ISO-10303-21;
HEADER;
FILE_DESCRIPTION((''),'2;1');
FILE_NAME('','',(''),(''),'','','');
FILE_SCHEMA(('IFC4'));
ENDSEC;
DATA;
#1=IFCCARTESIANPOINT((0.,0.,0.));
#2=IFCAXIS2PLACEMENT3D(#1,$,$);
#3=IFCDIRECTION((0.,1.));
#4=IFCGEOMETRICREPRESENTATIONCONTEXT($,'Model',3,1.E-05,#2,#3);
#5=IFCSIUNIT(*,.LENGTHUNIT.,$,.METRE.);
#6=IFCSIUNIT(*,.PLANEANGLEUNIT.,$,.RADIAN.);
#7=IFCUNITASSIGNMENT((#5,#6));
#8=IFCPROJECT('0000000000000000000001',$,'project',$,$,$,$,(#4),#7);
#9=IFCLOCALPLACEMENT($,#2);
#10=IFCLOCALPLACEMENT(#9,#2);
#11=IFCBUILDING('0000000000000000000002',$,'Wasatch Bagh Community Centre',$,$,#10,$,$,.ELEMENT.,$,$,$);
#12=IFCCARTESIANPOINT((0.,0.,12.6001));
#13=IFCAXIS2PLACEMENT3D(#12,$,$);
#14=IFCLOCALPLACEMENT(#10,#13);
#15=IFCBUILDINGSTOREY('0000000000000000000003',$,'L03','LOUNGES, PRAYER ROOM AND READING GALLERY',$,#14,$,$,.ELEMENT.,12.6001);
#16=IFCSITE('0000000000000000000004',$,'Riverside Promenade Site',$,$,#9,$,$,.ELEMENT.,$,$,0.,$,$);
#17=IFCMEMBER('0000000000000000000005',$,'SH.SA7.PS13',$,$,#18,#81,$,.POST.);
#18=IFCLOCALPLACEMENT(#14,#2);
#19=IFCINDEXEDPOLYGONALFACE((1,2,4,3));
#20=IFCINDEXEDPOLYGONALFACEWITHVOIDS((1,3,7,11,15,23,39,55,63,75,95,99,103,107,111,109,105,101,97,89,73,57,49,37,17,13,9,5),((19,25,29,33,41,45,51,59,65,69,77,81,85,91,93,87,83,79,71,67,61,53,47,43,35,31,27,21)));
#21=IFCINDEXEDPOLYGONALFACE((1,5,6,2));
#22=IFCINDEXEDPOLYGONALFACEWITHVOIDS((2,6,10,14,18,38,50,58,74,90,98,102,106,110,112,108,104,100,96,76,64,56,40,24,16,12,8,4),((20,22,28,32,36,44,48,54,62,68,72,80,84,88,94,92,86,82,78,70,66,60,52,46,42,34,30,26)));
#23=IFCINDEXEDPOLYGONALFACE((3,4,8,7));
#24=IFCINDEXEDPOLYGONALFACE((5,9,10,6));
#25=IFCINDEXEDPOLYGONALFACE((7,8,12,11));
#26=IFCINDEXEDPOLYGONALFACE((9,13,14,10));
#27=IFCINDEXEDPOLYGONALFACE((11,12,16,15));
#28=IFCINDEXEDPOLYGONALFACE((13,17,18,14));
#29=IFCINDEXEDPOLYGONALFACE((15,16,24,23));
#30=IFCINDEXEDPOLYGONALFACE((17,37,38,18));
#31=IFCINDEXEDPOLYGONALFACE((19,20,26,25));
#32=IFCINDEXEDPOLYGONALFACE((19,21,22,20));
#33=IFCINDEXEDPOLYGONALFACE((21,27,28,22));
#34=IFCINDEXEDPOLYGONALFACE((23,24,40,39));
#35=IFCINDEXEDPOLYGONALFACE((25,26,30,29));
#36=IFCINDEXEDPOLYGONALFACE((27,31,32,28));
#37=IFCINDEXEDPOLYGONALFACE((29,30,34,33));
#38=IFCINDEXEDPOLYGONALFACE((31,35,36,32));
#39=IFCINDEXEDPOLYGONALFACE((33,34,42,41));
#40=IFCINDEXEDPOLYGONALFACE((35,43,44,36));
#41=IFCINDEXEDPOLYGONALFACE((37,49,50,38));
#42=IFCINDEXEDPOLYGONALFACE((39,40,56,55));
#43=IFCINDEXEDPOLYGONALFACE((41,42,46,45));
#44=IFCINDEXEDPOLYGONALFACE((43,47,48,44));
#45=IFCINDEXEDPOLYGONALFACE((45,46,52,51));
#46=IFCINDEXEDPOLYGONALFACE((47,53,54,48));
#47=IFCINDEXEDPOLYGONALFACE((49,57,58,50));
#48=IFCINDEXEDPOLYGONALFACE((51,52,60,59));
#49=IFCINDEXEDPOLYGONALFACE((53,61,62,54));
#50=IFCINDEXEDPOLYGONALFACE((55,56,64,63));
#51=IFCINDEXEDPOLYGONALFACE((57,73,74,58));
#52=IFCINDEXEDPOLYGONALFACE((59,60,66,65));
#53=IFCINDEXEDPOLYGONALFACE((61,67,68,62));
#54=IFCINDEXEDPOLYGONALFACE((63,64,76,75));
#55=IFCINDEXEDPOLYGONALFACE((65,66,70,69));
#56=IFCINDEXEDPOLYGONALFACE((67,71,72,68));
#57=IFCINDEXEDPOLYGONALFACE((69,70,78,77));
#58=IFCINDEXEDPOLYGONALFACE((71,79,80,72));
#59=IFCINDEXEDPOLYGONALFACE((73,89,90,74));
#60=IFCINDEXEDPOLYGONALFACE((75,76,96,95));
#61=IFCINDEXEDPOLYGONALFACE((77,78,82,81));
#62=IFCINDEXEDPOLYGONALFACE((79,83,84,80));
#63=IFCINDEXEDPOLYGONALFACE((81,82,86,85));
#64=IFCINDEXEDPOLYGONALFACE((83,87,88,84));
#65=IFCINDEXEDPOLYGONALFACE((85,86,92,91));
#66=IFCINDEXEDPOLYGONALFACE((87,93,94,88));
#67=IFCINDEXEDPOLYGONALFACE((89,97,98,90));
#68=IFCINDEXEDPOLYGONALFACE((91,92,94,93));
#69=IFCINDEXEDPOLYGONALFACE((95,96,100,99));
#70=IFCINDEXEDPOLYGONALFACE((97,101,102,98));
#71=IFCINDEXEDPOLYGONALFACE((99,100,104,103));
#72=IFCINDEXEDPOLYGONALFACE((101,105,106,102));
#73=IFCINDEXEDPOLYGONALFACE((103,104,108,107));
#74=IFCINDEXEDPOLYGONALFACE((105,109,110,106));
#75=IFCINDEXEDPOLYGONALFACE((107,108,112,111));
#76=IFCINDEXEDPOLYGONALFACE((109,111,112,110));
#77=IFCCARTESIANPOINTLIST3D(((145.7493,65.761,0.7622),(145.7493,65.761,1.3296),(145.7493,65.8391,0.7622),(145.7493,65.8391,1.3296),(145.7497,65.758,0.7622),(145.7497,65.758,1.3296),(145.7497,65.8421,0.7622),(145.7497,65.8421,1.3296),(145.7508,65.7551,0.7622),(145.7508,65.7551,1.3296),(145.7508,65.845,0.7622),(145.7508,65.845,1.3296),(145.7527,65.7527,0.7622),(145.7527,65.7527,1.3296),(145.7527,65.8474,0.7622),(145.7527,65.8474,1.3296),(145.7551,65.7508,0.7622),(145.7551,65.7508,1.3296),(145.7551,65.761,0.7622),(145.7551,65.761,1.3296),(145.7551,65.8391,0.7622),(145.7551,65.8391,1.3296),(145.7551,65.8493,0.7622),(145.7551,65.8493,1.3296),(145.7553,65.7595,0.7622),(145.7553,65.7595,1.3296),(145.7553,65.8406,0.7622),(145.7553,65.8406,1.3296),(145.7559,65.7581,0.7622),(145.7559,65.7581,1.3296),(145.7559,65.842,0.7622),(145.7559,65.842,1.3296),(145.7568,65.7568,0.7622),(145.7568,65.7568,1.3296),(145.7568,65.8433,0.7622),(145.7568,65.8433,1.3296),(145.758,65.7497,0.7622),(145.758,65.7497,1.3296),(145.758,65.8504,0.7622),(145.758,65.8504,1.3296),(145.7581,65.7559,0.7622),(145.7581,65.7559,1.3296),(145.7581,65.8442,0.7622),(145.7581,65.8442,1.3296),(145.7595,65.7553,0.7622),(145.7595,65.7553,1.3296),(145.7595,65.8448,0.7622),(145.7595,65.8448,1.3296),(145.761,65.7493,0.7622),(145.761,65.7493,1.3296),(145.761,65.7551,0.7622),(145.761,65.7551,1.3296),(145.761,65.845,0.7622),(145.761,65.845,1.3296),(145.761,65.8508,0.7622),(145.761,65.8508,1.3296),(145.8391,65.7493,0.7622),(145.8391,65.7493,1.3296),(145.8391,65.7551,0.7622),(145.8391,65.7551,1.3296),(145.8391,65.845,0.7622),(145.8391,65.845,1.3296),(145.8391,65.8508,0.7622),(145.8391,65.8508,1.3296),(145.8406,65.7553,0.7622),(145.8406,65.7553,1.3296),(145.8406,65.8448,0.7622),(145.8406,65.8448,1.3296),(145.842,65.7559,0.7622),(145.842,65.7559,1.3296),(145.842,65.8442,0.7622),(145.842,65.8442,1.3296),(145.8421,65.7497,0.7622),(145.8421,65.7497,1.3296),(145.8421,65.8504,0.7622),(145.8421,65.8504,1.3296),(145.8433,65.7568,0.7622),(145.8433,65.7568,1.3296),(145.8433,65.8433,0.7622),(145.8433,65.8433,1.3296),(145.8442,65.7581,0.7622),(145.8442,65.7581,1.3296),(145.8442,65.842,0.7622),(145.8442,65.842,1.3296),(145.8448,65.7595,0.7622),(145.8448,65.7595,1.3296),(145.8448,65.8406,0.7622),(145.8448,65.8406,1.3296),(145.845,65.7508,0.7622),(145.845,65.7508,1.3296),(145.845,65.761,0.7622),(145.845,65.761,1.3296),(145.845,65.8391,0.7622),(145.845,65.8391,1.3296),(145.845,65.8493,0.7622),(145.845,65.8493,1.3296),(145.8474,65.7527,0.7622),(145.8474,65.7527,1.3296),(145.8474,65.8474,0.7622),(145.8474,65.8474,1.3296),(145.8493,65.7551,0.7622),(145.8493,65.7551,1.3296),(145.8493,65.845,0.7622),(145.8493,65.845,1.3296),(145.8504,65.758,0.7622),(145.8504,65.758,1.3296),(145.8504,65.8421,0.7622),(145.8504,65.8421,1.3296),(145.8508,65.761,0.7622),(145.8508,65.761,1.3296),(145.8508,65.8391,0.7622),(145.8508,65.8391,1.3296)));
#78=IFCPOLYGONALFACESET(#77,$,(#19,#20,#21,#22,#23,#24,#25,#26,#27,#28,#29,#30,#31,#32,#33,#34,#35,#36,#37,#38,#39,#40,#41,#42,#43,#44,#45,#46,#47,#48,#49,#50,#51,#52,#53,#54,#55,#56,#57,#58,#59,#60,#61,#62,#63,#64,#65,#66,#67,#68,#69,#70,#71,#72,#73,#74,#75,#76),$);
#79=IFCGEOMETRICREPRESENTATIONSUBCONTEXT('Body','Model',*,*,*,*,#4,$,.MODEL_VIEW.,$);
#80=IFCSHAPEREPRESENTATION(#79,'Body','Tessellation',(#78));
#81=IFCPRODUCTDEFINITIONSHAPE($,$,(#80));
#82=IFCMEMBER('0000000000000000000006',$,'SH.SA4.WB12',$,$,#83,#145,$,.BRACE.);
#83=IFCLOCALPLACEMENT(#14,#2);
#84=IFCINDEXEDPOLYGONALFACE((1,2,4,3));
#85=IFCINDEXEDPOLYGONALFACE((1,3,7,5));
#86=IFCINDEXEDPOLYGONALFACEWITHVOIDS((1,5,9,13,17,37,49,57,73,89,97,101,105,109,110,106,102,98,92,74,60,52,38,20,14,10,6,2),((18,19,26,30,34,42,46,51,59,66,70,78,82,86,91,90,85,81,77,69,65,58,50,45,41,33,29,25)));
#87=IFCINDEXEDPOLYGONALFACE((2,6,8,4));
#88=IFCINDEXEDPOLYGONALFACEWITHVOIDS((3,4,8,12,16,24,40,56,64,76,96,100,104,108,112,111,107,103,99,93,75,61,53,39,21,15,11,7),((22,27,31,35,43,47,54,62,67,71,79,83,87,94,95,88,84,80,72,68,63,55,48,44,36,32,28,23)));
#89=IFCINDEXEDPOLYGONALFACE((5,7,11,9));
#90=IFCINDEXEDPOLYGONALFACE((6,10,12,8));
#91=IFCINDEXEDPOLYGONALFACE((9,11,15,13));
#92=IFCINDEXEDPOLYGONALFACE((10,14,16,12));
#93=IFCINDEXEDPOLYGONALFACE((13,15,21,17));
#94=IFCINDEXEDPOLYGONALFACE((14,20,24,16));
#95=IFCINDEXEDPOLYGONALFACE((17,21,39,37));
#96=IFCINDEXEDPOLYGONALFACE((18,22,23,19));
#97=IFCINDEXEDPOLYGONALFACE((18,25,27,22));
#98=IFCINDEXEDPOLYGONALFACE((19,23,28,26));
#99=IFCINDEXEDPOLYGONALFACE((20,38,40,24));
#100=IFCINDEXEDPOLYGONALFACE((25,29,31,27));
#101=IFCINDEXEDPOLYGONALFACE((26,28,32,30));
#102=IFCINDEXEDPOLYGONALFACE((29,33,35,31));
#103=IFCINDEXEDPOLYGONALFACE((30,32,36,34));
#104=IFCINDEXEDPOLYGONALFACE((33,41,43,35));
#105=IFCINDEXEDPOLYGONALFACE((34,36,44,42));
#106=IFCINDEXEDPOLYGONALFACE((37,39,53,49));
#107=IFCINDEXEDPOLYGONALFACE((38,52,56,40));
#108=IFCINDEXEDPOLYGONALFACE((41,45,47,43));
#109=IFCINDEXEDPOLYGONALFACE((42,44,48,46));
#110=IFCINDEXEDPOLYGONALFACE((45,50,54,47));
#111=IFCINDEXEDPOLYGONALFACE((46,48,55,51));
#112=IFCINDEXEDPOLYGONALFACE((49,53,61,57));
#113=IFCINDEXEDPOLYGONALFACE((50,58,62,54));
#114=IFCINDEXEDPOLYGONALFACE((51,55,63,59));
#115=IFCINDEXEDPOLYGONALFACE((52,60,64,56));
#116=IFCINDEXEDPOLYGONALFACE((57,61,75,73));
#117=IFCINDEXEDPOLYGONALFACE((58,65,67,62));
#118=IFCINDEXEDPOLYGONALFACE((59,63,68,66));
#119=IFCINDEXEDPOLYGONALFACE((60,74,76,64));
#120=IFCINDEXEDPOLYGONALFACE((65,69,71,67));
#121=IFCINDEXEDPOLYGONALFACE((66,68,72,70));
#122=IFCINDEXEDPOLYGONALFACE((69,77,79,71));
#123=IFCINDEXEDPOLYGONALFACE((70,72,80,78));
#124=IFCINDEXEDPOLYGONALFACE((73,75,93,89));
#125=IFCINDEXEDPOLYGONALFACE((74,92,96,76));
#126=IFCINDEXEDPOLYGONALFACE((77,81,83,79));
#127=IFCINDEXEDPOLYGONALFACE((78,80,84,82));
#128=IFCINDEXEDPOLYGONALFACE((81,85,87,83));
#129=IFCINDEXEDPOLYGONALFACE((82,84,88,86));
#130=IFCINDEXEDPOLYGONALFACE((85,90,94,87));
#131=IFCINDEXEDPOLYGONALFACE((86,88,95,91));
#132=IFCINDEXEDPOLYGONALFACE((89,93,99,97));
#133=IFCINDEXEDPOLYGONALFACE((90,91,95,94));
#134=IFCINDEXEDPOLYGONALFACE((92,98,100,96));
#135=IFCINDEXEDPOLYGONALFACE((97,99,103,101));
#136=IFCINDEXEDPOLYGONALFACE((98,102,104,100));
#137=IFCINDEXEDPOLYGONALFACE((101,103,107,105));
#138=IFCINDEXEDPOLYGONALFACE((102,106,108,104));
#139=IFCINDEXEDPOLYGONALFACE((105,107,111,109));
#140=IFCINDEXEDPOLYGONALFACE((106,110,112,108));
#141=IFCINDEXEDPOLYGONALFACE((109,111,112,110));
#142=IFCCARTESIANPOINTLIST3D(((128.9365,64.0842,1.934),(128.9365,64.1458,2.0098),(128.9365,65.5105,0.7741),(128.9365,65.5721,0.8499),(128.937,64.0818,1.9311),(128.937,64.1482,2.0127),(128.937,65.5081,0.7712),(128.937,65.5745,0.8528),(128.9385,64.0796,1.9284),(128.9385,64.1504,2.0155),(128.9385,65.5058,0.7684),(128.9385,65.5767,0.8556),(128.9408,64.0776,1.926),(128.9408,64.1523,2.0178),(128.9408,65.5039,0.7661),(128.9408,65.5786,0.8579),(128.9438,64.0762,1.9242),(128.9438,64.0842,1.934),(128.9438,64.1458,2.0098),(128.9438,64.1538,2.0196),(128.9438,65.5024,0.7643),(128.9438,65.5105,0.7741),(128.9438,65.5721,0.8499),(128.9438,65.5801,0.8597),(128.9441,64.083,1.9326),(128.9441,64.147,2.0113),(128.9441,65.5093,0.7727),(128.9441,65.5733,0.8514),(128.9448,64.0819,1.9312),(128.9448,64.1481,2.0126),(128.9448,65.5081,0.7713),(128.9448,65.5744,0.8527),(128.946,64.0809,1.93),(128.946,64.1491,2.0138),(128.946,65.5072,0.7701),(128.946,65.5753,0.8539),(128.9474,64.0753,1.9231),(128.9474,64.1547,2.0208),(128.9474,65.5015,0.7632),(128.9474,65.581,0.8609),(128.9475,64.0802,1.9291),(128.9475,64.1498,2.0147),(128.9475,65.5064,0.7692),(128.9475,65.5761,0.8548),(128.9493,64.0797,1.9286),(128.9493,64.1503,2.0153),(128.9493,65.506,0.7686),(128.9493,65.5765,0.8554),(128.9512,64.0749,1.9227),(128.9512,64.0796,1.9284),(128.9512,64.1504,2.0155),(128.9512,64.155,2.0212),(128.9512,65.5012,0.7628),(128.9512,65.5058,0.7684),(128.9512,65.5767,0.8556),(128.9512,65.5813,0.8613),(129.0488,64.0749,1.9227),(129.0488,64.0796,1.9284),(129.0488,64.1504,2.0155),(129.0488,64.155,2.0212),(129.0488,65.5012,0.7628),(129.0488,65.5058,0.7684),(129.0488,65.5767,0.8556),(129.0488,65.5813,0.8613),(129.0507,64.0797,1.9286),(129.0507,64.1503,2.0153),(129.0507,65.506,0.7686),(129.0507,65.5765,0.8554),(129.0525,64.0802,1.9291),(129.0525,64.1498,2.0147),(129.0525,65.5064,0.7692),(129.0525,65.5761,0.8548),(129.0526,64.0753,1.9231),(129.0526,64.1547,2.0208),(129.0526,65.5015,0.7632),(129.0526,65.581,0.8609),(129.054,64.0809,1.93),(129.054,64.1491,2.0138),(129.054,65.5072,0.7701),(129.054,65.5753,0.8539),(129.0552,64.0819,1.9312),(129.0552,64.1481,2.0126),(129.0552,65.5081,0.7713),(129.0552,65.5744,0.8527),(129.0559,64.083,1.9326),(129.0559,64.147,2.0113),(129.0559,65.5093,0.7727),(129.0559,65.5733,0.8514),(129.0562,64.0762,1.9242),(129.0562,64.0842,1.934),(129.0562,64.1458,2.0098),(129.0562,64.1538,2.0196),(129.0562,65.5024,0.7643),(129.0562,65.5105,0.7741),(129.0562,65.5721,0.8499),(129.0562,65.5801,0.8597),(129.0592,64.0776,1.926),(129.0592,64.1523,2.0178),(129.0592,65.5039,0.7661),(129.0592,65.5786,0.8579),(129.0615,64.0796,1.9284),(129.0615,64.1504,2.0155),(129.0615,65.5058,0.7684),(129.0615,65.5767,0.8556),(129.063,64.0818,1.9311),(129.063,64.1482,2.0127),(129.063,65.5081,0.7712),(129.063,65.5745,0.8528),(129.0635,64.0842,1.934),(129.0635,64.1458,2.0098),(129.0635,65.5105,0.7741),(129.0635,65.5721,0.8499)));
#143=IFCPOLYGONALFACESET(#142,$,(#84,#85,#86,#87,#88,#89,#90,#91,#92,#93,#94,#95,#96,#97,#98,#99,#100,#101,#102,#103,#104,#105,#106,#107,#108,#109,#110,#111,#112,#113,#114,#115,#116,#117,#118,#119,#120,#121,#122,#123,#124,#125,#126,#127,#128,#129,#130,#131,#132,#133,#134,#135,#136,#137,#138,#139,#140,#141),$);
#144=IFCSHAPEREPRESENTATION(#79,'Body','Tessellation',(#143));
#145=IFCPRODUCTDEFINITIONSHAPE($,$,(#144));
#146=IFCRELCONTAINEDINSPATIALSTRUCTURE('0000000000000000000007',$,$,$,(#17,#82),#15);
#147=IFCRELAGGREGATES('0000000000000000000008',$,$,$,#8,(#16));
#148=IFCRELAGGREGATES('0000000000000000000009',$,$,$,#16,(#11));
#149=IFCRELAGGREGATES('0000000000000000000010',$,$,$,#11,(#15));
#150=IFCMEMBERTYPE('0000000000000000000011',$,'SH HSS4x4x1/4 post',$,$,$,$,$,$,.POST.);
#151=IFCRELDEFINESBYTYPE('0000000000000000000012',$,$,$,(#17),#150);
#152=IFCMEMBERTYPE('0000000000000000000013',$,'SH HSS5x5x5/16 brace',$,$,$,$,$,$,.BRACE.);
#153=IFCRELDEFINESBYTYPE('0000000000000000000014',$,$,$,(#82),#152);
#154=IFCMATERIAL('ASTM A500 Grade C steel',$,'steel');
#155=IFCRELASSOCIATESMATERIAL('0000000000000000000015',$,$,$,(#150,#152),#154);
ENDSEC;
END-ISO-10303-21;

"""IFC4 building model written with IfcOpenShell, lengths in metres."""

from ifc_helpers import new_model, si_unit, direction, frame, origin, origin_2d, place, context, subcontext, project, spatial, hollow_rectangle, extrude, material, material_profile, profile_set, type_object, element, save


model = new_model("IFC4")

# Units and contexts
model_context = context("Model", 3, precision=1e-05, world=origin(), true_north=direction((0.0, 1.0)))
body_context = subcontext(model_context, "Body", "Model", "MODEL_VIEW")
ifc_project = project(units=[si_unit("LENGTHUNIT", "METRE"), si_unit("PLANEANGLEUNIT", "RADIAN")], contexts=[model_context])

# Site, building, storey
site_placement = place(None, origin())
site = spatial("IfcSite", under=ifc_project, at=site_placement, Name="Riverside Promenade Site", CompositionType="ELEMENT", RefElevation=0.0)
building_placement = place(site_placement, origin())
building = spatial("IfcBuilding", under=site, at=building_placement, Name="Wasatch Bagh Community Centre", CompositionType="ELEMENT")
storey_placement = place(building_placement, frame((0.0, 0.0, 12.6001)))
storey = spatial("IfcBuildingStorey", under=building, at=storey_placement, Name="L03", Description="LOUNGES, PRAYER ROOM AND READING GALLERY", CompositionType="ELEMENT", Elevation=12.6001)

# Members
ifc_material_1 = material(Name="ASTM A500 Grade C steel", Category="steel")
ifc_material_profile_1 = material_profile(ifc_material_1, hollow_rectangle(XDim=0.1016, YDim=0.1016, WallThickness=0.0059, InnerFilletRadius=0.0059, OuterFilletRadius=0.0117, at=origin_2d()), Name="HSS4x4x1/4")
ifc_profile_set_1 = profile_set([ifc_material_profile_1], Name="ASTM A500 Grade C steel")
member_type_1 = type_object("IfcMemberType", Name="SH HSS4x4x1/4 post", PredefinedType="POST", material=ifc_profile_set_1)
for number, where, z_axis, x_axis, name in (
    (1, (145.8, 65.8, 0.7622), (0.0, 0.0, 1.0), (1.0, 0.0, 0.0), "SH.SA7.PS13"),
):
    element("IfcMember", number, at=place(storey_placement, frame(where, z_axis=z_axis, x_axis=x_axis)), inside=storey, type_object=member_type_1, Name=name, PredefinedType="POST", context=body_context, shape_type="SweptSolid", body=[
        extrude(hollow_rectangle(XDim=0.1016, YDim=0.1016, WallThickness=0.0059, InnerFilletRadius=0.0059, OuterFilletRadius=0.0117, at=origin_2d()), origin(), (0.0, 0.0, 1.0), 0.5674),
    ])
ifc_material_profile_2 = material_profile(ifc_material_1, hollow_rectangle(XDim=0.127, YDim=0.127, WallThickness=0.0073, InnerFilletRadius=0.0073, OuterFilletRadius=0.0146, at=origin_2d()), Name="HSS5x5x5/16")
ifc_profile_set_2 = profile_set([ifc_material_profile_2], Name="ASTM A500 Grade C steel")
member_type_2 = type_object("IfcMemberType", Name="SH HSS5x5x5/16 brace", PredefinedType="BRACE", material=ifc_profile_set_2)
for number, where, z_axis, x_axis, name in (
    (2, (129.0, 65.5413, 0.812), (0.0, -0.77583, 0.630943), (1.0, 0.0, 0.0), "SH.SA4.WB12"),
):
    element("IfcMember", number, at=place(storey_placement, frame(where, z_axis=z_axis, x_axis=x_axis)), inside=storey, type_object=member_type_2, Name=name, PredefinedType="BRACE", context=body_context, shape_type="SweptSolid", body=[
        extrude(hollow_rectangle(XDim=0.127, YDim=0.127, WallThickness=0.0073, InnerFilletRadius=0.0073, OuterFilletRadius=0.0146, at=origin_2d()), origin(), (0.0, 0.0, 1.0), 1.8384),
    ])

save(model, "model.ifc")
